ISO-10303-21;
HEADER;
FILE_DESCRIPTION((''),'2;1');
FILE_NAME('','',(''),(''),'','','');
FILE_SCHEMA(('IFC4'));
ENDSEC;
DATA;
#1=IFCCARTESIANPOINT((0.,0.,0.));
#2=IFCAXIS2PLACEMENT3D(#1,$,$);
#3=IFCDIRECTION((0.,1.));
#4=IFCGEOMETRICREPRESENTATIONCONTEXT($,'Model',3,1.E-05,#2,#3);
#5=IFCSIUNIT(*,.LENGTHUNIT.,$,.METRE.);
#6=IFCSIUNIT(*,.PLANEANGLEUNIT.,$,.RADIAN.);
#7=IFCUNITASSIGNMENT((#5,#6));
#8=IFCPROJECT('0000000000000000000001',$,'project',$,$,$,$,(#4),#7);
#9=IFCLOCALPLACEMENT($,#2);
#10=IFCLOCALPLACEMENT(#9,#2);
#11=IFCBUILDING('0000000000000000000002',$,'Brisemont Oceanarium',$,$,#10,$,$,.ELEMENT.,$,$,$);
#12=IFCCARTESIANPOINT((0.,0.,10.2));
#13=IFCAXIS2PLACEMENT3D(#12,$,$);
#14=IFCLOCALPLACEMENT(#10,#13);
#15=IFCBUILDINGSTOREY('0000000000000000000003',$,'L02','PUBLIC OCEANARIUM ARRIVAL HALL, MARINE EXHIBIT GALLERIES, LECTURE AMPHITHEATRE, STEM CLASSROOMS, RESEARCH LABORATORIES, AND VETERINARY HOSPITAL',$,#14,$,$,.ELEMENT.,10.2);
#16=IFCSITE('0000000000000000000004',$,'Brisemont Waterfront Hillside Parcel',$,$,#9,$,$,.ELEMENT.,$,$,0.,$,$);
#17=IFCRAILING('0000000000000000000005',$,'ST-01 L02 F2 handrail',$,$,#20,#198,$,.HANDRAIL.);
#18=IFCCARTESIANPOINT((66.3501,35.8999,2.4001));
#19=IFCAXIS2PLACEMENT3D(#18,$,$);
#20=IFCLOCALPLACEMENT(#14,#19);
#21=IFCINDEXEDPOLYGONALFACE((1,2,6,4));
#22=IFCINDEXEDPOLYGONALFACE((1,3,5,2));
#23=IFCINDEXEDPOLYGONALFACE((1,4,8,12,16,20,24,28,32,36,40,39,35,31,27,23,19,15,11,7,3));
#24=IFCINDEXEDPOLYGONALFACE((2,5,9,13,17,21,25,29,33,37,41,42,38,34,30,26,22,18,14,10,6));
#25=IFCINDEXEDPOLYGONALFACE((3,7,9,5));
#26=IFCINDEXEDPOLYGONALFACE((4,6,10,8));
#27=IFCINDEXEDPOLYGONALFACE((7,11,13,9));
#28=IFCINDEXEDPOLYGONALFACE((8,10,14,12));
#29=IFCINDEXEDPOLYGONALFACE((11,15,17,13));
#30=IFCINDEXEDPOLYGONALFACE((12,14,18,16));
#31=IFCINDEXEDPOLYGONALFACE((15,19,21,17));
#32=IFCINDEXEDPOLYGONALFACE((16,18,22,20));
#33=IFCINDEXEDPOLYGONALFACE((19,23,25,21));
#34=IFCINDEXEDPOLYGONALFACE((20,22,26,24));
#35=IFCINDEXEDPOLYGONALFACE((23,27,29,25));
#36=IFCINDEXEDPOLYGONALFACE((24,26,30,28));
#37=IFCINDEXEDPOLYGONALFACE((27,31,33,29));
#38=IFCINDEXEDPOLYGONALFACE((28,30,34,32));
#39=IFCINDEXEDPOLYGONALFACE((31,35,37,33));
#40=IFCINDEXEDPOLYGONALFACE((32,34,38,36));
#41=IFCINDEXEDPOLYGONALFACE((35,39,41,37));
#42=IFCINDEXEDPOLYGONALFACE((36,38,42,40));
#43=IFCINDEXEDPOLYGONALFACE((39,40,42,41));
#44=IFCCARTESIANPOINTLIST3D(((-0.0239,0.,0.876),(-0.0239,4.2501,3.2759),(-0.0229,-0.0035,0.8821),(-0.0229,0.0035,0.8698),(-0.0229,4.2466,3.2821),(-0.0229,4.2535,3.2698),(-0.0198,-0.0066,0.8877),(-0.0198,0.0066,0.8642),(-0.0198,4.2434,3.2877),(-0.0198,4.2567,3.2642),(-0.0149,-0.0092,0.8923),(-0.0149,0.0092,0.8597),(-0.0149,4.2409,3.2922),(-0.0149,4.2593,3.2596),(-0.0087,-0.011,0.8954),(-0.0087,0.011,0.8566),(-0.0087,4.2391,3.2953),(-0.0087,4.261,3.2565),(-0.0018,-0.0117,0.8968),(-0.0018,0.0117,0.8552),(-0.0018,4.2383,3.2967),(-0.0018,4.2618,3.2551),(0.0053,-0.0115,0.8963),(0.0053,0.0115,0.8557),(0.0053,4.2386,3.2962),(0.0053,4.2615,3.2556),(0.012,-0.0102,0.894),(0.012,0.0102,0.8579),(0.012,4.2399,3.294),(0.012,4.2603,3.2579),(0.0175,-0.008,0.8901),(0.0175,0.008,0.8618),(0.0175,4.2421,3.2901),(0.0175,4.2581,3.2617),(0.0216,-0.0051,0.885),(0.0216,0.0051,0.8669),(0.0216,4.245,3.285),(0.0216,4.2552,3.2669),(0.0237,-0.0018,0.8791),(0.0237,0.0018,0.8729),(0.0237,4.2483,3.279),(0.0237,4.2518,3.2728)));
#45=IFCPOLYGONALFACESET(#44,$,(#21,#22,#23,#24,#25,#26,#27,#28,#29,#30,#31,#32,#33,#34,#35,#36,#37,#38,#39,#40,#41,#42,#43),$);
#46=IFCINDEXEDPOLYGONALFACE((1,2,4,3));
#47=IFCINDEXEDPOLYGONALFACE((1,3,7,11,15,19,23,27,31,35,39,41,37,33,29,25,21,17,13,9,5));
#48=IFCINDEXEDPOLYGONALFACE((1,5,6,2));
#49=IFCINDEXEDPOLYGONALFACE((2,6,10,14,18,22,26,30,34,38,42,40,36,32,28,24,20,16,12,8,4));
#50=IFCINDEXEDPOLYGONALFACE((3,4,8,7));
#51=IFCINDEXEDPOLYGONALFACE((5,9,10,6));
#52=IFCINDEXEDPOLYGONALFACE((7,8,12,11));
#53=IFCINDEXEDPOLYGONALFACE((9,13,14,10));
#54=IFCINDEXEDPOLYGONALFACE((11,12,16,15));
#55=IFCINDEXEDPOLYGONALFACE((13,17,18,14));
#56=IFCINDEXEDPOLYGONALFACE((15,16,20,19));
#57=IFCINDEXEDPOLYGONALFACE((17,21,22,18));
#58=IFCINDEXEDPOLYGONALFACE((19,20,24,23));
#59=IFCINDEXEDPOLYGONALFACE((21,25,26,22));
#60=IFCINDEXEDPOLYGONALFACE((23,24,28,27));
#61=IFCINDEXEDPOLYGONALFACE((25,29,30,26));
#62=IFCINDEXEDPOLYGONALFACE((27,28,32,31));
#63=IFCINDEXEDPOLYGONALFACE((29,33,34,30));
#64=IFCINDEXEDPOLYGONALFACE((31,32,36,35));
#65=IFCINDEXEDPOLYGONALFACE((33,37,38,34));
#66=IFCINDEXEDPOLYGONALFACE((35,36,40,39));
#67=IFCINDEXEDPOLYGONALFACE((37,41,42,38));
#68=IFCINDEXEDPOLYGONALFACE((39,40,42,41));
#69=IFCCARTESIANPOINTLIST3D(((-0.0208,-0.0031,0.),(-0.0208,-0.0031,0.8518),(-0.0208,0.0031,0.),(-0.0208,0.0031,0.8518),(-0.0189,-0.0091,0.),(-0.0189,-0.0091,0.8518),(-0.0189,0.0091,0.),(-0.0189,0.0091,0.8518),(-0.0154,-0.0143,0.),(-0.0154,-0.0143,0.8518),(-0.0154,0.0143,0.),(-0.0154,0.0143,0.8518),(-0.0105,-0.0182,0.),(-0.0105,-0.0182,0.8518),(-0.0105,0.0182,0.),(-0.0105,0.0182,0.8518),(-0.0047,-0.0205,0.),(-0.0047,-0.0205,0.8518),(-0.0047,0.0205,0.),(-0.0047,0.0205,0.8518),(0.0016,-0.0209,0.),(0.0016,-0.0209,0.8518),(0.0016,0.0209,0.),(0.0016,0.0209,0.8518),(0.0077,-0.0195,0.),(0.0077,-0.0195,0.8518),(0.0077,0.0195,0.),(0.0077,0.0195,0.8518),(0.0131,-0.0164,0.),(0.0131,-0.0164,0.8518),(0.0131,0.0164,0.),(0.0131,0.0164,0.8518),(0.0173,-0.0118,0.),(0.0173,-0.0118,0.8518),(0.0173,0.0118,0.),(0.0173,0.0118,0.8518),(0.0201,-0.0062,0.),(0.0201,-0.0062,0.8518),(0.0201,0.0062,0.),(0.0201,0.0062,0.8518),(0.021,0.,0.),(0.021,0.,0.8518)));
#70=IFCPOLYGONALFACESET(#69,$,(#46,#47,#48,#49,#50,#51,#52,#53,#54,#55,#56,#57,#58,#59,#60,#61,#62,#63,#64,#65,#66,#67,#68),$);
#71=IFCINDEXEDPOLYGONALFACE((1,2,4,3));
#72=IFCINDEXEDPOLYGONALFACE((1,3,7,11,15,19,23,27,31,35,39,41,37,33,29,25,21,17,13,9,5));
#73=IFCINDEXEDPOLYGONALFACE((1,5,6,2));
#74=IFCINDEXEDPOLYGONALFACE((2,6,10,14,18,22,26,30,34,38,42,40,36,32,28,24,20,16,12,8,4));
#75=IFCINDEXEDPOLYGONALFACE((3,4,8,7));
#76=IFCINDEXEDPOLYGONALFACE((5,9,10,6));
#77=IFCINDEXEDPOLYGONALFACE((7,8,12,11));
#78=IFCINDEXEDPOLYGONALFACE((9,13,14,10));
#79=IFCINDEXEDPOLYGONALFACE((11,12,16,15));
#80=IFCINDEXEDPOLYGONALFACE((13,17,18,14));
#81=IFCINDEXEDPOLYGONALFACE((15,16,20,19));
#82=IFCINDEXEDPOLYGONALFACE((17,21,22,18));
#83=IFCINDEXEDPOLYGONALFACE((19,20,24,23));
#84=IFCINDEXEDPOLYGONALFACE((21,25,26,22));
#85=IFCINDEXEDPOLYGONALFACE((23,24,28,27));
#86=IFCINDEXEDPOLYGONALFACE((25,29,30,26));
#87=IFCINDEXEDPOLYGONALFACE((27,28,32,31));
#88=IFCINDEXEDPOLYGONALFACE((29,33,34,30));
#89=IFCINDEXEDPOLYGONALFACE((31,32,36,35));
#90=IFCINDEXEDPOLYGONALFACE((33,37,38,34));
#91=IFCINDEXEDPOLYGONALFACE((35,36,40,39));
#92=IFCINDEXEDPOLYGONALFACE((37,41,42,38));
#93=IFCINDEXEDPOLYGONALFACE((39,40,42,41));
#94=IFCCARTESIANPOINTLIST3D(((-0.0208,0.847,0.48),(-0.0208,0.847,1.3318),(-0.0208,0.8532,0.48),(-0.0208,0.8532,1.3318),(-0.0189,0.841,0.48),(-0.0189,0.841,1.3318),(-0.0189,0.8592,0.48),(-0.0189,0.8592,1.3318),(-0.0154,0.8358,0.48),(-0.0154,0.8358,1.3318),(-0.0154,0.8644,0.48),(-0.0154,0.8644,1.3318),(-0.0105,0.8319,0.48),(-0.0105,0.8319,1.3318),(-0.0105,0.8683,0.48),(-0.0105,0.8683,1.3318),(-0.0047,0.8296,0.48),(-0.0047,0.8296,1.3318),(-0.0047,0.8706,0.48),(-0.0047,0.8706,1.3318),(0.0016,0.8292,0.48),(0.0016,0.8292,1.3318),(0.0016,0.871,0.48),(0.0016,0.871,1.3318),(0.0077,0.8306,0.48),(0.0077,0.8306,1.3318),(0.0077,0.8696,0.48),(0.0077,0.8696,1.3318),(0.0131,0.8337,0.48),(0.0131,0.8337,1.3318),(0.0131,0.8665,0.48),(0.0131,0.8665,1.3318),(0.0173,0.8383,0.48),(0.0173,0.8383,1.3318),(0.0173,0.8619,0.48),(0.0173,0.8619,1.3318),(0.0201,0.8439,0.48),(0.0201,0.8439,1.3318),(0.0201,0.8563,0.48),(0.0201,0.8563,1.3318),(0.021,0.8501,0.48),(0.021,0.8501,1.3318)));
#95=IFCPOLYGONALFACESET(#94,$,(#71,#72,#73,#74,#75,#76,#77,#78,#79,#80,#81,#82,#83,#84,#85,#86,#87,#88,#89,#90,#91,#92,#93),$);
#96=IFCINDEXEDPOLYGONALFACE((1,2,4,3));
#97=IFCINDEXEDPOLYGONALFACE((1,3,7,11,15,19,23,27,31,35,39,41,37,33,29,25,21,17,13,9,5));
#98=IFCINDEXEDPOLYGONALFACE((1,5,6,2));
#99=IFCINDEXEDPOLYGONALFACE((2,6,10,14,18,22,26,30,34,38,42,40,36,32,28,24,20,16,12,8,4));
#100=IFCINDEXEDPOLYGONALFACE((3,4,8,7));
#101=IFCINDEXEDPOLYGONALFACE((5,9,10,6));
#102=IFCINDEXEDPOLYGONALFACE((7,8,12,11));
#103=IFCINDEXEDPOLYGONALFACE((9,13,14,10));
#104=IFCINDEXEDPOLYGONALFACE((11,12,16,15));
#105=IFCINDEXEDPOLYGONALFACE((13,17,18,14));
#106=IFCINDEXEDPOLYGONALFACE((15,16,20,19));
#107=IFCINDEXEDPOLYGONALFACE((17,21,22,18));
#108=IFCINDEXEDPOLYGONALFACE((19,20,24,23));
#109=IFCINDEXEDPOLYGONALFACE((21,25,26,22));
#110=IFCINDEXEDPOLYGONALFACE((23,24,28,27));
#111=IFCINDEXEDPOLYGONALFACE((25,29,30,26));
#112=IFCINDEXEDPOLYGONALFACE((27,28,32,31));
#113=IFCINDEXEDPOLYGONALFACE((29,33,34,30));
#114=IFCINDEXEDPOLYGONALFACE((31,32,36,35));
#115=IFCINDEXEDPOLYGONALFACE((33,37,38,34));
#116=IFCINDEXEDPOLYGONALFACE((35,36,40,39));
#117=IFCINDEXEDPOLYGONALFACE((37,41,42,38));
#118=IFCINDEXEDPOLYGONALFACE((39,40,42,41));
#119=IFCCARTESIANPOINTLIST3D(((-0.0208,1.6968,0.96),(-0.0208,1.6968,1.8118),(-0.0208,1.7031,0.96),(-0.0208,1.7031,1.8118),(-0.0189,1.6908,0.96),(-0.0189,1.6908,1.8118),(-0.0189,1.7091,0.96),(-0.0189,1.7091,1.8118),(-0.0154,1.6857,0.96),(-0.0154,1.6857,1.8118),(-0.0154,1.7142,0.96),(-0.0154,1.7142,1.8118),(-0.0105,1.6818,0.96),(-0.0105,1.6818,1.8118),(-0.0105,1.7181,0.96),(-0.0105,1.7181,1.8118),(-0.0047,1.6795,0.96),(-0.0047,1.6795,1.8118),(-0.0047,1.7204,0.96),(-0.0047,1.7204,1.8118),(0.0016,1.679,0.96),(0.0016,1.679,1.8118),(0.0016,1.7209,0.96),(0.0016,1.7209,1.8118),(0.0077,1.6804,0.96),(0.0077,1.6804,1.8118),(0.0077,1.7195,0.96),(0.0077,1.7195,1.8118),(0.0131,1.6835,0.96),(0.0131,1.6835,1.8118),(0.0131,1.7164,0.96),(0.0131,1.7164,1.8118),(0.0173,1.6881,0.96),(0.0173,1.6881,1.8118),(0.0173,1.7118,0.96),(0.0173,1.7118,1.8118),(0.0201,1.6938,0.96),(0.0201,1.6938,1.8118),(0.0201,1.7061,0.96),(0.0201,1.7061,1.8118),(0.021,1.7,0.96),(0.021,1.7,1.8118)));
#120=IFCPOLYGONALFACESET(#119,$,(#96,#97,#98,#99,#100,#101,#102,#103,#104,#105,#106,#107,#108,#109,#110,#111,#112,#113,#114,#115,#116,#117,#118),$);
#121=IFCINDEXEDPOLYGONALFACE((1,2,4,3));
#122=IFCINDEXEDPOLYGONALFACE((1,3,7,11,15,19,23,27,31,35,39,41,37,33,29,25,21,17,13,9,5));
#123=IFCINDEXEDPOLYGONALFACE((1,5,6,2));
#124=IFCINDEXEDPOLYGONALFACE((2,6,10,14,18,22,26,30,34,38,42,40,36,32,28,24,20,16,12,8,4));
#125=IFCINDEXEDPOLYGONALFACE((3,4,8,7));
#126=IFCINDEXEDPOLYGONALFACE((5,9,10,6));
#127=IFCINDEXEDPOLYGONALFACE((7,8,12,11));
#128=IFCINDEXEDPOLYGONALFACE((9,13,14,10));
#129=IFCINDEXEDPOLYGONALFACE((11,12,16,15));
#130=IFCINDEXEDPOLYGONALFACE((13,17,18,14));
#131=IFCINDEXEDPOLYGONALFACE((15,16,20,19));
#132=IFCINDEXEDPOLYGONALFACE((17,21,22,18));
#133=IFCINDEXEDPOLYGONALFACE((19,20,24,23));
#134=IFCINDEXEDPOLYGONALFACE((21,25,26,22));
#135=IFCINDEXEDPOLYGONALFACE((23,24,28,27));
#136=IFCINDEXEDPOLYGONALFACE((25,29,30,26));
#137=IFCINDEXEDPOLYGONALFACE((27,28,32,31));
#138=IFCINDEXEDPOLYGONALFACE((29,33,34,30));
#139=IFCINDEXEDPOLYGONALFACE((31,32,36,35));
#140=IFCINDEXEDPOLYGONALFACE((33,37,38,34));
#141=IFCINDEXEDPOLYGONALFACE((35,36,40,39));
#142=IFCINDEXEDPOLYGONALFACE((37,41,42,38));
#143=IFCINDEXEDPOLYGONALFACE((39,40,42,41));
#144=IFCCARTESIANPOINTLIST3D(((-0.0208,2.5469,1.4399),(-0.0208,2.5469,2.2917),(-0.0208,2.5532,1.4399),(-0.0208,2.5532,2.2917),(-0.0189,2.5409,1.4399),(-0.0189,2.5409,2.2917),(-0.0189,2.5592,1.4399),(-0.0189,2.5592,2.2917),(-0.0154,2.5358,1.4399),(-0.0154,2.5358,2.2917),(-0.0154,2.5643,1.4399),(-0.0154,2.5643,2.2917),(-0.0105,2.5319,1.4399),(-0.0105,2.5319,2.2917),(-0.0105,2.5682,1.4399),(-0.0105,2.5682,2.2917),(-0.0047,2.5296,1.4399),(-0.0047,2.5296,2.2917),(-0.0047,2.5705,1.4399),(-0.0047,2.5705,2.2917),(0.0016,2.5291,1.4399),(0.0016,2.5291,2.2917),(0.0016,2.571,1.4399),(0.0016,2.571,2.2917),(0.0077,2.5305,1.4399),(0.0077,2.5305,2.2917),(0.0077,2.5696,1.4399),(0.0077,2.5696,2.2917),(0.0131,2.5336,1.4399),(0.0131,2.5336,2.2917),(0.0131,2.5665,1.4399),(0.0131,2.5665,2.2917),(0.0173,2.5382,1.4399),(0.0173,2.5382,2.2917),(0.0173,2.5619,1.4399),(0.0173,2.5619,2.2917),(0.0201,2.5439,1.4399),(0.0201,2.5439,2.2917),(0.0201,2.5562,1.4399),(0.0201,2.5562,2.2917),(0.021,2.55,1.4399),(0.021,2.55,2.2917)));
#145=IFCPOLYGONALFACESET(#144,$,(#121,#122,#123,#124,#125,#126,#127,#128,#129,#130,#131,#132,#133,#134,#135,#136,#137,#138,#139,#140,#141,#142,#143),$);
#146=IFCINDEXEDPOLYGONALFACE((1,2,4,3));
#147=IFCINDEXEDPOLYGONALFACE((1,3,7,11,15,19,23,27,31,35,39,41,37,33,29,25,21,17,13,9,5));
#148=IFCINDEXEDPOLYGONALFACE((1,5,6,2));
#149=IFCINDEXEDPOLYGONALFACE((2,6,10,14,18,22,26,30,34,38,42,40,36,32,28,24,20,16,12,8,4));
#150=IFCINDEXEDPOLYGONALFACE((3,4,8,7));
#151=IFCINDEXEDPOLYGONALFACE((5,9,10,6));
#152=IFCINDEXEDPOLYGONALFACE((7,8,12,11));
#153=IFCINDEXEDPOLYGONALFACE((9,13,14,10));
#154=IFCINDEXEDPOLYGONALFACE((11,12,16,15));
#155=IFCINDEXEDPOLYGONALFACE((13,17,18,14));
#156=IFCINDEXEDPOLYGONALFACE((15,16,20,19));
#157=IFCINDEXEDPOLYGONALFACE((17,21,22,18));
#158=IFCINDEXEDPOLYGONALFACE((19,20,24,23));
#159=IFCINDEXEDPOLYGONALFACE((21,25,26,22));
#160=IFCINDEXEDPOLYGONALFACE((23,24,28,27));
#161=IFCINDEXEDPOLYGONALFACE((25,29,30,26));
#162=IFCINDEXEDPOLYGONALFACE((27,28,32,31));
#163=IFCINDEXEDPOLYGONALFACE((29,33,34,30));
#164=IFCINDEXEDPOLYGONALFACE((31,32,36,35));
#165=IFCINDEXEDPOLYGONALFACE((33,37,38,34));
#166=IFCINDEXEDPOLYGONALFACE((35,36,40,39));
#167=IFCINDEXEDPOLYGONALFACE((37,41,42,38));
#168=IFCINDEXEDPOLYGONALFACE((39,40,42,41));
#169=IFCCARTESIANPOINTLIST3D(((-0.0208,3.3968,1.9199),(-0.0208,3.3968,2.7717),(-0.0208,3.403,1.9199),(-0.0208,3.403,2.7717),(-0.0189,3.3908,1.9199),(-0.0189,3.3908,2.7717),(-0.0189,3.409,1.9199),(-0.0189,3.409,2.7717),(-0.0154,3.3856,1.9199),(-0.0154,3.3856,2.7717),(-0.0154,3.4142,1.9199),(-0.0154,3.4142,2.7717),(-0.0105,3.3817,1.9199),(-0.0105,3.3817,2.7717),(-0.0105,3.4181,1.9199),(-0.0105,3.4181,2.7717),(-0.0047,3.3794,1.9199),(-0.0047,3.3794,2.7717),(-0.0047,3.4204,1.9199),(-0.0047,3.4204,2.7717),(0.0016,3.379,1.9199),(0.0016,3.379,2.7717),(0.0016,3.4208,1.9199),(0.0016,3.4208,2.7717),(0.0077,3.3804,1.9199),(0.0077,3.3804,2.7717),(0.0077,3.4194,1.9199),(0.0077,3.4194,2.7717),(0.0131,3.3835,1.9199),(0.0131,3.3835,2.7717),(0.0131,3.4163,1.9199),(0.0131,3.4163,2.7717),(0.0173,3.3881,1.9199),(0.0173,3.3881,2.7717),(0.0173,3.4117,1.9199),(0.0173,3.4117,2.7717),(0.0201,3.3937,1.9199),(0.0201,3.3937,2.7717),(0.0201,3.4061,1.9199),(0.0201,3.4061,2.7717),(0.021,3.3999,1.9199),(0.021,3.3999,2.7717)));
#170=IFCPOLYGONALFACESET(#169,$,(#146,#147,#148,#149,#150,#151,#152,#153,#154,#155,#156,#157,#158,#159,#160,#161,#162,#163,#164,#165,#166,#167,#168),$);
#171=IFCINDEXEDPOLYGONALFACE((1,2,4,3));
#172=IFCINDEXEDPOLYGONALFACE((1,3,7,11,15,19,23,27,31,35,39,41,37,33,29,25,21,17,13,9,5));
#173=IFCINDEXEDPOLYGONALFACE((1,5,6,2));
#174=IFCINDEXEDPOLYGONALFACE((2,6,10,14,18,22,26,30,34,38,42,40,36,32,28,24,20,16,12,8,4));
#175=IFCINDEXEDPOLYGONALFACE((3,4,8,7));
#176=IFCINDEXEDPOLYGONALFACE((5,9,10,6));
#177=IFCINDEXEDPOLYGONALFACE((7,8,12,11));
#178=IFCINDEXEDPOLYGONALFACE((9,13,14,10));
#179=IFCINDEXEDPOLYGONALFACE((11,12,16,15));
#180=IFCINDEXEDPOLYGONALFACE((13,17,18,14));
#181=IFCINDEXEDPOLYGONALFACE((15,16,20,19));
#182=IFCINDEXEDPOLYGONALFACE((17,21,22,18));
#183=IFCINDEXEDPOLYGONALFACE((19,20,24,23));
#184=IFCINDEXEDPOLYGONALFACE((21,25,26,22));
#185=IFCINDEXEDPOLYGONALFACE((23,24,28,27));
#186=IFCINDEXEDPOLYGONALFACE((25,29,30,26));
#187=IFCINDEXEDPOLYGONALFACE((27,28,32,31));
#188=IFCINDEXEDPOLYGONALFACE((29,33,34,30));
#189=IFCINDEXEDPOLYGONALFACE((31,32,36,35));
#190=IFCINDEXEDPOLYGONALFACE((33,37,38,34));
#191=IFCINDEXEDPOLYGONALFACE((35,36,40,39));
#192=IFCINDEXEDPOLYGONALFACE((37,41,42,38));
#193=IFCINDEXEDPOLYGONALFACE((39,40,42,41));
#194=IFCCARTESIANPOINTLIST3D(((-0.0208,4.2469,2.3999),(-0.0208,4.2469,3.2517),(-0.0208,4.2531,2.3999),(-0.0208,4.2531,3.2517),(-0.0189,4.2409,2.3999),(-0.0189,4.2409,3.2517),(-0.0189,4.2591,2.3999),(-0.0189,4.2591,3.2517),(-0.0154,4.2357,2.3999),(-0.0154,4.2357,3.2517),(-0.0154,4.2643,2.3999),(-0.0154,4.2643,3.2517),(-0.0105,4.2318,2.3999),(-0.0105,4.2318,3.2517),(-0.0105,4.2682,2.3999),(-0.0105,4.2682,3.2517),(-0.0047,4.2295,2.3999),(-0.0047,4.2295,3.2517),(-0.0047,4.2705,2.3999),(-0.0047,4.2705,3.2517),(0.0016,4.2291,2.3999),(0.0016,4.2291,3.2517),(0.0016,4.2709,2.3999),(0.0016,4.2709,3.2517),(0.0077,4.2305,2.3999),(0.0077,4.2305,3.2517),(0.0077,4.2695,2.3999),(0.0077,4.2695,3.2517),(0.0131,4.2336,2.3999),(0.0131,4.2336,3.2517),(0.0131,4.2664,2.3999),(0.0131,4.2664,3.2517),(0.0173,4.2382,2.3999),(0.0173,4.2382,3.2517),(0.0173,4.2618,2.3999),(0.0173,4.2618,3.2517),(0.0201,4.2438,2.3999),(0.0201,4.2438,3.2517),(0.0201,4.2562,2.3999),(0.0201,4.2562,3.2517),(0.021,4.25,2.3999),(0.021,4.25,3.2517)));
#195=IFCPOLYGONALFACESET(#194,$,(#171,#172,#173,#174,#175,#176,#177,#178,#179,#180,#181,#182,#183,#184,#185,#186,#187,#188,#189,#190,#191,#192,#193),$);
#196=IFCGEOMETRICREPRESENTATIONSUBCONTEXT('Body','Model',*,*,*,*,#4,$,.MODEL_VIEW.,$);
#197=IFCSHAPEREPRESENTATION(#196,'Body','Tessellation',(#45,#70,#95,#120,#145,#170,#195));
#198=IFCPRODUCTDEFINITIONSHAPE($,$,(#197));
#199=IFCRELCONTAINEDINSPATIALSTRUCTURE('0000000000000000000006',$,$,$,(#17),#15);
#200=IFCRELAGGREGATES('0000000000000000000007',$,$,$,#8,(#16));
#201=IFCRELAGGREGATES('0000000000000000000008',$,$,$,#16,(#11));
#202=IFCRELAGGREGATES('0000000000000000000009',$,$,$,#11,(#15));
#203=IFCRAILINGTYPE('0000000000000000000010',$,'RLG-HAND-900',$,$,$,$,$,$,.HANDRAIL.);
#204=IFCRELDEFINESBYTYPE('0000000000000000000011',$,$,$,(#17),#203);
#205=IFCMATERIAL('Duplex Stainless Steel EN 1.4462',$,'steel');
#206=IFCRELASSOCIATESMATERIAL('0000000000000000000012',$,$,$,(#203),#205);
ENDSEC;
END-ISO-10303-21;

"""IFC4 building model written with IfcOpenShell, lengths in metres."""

from ifc_helpers import new_model, si_unit, direction, frame, origin, origin_2d, place, context, subcontext, project, spatial, circle, extrude, material, type_object, element, save


model = new_model("IFC4")

# Units and contexts
model_context = context("Model", 3, precision=1e-05, world=origin(), true_north=direction((0.0, 1.0)))
body_context = subcontext(model_context, "Body", "Model", "MODEL_VIEW")
ifc_project = project(units=[si_unit("LENGTHUNIT", "METRE"), si_unit("PLANEANGLEUNIT", "RADIAN")], contexts=[model_context])

# Site, building, storey
site_placement = place(None, origin())
site = spatial("IfcSite", under=ifc_project, at=site_placement, Name="Brisemont Waterfront Hillside Parcel", CompositionType="ELEMENT", RefElevation=0.0)
building_placement = place(site_placement, origin())
building = spatial("IfcBuilding", under=site, at=building_placement, Name="Brisemont Oceanarium", CompositionType="ELEMENT")
storey_placement = place(building_placement, frame((0.0, 0.0, 10.2)))
storey = spatial("IfcBuildingStorey", under=building, at=storey_placement, Name="L02", Description="PUBLIC OCEANARIUM ARRIVAL HALL, MARINE EXHIBIT GALLERIES, LECTURE AMPHITHEATRE, STEM CLASSROOMS, RESEARCH LABORATORIES, AND VETERINARY HOSPITAL", CompositionType="ELEMENT", Elevation=10.2)

# Railing
ifc_material_1 = material(Name="Duplex Stainless Steel EN 1.4462", Category="steel")
railing_type_1 = type_object("IfcRailingType", Name="RLG-HAND-900", PredefinedType="HANDRAIL", material=ifc_material_1)
railing_1_placement = place(storey_placement, frame((66.3501, 35.8999, 2.4001)))
element("IfcRailing", 1, at=railing_1_placement, inside=storey, type_object=railing_type_1, Name="ST-01 L02 F2 handrail", PredefinedType="HANDRAIL", context=body_context, shape_type="SweptSolid", body=[
    extrude(circle(Radius=0.0239, at=origin_2d()), frame((0.0, 0.0, 0.876), z_axis=(0.0, 0.870762, 0.491704), x_axis=(-1.0, 0.0, 0.0)), (0.0, 0.0, 1.0), 4.8809),
    extrude(circle(Radius=0.021, at=origin_2d()), origin(), (0.0, 0.0, 1.0), 0.8518),
    extrude(circle(Radius=0.021, at=origin_2d()), frame((0.0, 0.8501, 0.48)), (0.0, 0.0, 1.0), 0.8518),
    extrude(circle(Radius=0.021, at=origin_2d()), frame((0.0, 1.7, 0.96)), (0.0, 0.0, 1.0), 0.8518),
    extrude(circle(Radius=0.021, at=origin_2d()), frame((0.0, 2.55, 1.4399)), (0.0, 0.0, 1.0), 0.8518),
    extrude(circle(Radius=0.021, at=origin_2d()), frame((0.0, 3.3999, 1.9199)), (0.0, 0.0, 1.0), 0.8518),
    extrude(circle(Radius=0.021, at=origin_2d()), frame((0.0, 4.25, 2.3999)), (0.0, 0.0, 1.0), 0.8518),
])

save(model, "model.ifc")
